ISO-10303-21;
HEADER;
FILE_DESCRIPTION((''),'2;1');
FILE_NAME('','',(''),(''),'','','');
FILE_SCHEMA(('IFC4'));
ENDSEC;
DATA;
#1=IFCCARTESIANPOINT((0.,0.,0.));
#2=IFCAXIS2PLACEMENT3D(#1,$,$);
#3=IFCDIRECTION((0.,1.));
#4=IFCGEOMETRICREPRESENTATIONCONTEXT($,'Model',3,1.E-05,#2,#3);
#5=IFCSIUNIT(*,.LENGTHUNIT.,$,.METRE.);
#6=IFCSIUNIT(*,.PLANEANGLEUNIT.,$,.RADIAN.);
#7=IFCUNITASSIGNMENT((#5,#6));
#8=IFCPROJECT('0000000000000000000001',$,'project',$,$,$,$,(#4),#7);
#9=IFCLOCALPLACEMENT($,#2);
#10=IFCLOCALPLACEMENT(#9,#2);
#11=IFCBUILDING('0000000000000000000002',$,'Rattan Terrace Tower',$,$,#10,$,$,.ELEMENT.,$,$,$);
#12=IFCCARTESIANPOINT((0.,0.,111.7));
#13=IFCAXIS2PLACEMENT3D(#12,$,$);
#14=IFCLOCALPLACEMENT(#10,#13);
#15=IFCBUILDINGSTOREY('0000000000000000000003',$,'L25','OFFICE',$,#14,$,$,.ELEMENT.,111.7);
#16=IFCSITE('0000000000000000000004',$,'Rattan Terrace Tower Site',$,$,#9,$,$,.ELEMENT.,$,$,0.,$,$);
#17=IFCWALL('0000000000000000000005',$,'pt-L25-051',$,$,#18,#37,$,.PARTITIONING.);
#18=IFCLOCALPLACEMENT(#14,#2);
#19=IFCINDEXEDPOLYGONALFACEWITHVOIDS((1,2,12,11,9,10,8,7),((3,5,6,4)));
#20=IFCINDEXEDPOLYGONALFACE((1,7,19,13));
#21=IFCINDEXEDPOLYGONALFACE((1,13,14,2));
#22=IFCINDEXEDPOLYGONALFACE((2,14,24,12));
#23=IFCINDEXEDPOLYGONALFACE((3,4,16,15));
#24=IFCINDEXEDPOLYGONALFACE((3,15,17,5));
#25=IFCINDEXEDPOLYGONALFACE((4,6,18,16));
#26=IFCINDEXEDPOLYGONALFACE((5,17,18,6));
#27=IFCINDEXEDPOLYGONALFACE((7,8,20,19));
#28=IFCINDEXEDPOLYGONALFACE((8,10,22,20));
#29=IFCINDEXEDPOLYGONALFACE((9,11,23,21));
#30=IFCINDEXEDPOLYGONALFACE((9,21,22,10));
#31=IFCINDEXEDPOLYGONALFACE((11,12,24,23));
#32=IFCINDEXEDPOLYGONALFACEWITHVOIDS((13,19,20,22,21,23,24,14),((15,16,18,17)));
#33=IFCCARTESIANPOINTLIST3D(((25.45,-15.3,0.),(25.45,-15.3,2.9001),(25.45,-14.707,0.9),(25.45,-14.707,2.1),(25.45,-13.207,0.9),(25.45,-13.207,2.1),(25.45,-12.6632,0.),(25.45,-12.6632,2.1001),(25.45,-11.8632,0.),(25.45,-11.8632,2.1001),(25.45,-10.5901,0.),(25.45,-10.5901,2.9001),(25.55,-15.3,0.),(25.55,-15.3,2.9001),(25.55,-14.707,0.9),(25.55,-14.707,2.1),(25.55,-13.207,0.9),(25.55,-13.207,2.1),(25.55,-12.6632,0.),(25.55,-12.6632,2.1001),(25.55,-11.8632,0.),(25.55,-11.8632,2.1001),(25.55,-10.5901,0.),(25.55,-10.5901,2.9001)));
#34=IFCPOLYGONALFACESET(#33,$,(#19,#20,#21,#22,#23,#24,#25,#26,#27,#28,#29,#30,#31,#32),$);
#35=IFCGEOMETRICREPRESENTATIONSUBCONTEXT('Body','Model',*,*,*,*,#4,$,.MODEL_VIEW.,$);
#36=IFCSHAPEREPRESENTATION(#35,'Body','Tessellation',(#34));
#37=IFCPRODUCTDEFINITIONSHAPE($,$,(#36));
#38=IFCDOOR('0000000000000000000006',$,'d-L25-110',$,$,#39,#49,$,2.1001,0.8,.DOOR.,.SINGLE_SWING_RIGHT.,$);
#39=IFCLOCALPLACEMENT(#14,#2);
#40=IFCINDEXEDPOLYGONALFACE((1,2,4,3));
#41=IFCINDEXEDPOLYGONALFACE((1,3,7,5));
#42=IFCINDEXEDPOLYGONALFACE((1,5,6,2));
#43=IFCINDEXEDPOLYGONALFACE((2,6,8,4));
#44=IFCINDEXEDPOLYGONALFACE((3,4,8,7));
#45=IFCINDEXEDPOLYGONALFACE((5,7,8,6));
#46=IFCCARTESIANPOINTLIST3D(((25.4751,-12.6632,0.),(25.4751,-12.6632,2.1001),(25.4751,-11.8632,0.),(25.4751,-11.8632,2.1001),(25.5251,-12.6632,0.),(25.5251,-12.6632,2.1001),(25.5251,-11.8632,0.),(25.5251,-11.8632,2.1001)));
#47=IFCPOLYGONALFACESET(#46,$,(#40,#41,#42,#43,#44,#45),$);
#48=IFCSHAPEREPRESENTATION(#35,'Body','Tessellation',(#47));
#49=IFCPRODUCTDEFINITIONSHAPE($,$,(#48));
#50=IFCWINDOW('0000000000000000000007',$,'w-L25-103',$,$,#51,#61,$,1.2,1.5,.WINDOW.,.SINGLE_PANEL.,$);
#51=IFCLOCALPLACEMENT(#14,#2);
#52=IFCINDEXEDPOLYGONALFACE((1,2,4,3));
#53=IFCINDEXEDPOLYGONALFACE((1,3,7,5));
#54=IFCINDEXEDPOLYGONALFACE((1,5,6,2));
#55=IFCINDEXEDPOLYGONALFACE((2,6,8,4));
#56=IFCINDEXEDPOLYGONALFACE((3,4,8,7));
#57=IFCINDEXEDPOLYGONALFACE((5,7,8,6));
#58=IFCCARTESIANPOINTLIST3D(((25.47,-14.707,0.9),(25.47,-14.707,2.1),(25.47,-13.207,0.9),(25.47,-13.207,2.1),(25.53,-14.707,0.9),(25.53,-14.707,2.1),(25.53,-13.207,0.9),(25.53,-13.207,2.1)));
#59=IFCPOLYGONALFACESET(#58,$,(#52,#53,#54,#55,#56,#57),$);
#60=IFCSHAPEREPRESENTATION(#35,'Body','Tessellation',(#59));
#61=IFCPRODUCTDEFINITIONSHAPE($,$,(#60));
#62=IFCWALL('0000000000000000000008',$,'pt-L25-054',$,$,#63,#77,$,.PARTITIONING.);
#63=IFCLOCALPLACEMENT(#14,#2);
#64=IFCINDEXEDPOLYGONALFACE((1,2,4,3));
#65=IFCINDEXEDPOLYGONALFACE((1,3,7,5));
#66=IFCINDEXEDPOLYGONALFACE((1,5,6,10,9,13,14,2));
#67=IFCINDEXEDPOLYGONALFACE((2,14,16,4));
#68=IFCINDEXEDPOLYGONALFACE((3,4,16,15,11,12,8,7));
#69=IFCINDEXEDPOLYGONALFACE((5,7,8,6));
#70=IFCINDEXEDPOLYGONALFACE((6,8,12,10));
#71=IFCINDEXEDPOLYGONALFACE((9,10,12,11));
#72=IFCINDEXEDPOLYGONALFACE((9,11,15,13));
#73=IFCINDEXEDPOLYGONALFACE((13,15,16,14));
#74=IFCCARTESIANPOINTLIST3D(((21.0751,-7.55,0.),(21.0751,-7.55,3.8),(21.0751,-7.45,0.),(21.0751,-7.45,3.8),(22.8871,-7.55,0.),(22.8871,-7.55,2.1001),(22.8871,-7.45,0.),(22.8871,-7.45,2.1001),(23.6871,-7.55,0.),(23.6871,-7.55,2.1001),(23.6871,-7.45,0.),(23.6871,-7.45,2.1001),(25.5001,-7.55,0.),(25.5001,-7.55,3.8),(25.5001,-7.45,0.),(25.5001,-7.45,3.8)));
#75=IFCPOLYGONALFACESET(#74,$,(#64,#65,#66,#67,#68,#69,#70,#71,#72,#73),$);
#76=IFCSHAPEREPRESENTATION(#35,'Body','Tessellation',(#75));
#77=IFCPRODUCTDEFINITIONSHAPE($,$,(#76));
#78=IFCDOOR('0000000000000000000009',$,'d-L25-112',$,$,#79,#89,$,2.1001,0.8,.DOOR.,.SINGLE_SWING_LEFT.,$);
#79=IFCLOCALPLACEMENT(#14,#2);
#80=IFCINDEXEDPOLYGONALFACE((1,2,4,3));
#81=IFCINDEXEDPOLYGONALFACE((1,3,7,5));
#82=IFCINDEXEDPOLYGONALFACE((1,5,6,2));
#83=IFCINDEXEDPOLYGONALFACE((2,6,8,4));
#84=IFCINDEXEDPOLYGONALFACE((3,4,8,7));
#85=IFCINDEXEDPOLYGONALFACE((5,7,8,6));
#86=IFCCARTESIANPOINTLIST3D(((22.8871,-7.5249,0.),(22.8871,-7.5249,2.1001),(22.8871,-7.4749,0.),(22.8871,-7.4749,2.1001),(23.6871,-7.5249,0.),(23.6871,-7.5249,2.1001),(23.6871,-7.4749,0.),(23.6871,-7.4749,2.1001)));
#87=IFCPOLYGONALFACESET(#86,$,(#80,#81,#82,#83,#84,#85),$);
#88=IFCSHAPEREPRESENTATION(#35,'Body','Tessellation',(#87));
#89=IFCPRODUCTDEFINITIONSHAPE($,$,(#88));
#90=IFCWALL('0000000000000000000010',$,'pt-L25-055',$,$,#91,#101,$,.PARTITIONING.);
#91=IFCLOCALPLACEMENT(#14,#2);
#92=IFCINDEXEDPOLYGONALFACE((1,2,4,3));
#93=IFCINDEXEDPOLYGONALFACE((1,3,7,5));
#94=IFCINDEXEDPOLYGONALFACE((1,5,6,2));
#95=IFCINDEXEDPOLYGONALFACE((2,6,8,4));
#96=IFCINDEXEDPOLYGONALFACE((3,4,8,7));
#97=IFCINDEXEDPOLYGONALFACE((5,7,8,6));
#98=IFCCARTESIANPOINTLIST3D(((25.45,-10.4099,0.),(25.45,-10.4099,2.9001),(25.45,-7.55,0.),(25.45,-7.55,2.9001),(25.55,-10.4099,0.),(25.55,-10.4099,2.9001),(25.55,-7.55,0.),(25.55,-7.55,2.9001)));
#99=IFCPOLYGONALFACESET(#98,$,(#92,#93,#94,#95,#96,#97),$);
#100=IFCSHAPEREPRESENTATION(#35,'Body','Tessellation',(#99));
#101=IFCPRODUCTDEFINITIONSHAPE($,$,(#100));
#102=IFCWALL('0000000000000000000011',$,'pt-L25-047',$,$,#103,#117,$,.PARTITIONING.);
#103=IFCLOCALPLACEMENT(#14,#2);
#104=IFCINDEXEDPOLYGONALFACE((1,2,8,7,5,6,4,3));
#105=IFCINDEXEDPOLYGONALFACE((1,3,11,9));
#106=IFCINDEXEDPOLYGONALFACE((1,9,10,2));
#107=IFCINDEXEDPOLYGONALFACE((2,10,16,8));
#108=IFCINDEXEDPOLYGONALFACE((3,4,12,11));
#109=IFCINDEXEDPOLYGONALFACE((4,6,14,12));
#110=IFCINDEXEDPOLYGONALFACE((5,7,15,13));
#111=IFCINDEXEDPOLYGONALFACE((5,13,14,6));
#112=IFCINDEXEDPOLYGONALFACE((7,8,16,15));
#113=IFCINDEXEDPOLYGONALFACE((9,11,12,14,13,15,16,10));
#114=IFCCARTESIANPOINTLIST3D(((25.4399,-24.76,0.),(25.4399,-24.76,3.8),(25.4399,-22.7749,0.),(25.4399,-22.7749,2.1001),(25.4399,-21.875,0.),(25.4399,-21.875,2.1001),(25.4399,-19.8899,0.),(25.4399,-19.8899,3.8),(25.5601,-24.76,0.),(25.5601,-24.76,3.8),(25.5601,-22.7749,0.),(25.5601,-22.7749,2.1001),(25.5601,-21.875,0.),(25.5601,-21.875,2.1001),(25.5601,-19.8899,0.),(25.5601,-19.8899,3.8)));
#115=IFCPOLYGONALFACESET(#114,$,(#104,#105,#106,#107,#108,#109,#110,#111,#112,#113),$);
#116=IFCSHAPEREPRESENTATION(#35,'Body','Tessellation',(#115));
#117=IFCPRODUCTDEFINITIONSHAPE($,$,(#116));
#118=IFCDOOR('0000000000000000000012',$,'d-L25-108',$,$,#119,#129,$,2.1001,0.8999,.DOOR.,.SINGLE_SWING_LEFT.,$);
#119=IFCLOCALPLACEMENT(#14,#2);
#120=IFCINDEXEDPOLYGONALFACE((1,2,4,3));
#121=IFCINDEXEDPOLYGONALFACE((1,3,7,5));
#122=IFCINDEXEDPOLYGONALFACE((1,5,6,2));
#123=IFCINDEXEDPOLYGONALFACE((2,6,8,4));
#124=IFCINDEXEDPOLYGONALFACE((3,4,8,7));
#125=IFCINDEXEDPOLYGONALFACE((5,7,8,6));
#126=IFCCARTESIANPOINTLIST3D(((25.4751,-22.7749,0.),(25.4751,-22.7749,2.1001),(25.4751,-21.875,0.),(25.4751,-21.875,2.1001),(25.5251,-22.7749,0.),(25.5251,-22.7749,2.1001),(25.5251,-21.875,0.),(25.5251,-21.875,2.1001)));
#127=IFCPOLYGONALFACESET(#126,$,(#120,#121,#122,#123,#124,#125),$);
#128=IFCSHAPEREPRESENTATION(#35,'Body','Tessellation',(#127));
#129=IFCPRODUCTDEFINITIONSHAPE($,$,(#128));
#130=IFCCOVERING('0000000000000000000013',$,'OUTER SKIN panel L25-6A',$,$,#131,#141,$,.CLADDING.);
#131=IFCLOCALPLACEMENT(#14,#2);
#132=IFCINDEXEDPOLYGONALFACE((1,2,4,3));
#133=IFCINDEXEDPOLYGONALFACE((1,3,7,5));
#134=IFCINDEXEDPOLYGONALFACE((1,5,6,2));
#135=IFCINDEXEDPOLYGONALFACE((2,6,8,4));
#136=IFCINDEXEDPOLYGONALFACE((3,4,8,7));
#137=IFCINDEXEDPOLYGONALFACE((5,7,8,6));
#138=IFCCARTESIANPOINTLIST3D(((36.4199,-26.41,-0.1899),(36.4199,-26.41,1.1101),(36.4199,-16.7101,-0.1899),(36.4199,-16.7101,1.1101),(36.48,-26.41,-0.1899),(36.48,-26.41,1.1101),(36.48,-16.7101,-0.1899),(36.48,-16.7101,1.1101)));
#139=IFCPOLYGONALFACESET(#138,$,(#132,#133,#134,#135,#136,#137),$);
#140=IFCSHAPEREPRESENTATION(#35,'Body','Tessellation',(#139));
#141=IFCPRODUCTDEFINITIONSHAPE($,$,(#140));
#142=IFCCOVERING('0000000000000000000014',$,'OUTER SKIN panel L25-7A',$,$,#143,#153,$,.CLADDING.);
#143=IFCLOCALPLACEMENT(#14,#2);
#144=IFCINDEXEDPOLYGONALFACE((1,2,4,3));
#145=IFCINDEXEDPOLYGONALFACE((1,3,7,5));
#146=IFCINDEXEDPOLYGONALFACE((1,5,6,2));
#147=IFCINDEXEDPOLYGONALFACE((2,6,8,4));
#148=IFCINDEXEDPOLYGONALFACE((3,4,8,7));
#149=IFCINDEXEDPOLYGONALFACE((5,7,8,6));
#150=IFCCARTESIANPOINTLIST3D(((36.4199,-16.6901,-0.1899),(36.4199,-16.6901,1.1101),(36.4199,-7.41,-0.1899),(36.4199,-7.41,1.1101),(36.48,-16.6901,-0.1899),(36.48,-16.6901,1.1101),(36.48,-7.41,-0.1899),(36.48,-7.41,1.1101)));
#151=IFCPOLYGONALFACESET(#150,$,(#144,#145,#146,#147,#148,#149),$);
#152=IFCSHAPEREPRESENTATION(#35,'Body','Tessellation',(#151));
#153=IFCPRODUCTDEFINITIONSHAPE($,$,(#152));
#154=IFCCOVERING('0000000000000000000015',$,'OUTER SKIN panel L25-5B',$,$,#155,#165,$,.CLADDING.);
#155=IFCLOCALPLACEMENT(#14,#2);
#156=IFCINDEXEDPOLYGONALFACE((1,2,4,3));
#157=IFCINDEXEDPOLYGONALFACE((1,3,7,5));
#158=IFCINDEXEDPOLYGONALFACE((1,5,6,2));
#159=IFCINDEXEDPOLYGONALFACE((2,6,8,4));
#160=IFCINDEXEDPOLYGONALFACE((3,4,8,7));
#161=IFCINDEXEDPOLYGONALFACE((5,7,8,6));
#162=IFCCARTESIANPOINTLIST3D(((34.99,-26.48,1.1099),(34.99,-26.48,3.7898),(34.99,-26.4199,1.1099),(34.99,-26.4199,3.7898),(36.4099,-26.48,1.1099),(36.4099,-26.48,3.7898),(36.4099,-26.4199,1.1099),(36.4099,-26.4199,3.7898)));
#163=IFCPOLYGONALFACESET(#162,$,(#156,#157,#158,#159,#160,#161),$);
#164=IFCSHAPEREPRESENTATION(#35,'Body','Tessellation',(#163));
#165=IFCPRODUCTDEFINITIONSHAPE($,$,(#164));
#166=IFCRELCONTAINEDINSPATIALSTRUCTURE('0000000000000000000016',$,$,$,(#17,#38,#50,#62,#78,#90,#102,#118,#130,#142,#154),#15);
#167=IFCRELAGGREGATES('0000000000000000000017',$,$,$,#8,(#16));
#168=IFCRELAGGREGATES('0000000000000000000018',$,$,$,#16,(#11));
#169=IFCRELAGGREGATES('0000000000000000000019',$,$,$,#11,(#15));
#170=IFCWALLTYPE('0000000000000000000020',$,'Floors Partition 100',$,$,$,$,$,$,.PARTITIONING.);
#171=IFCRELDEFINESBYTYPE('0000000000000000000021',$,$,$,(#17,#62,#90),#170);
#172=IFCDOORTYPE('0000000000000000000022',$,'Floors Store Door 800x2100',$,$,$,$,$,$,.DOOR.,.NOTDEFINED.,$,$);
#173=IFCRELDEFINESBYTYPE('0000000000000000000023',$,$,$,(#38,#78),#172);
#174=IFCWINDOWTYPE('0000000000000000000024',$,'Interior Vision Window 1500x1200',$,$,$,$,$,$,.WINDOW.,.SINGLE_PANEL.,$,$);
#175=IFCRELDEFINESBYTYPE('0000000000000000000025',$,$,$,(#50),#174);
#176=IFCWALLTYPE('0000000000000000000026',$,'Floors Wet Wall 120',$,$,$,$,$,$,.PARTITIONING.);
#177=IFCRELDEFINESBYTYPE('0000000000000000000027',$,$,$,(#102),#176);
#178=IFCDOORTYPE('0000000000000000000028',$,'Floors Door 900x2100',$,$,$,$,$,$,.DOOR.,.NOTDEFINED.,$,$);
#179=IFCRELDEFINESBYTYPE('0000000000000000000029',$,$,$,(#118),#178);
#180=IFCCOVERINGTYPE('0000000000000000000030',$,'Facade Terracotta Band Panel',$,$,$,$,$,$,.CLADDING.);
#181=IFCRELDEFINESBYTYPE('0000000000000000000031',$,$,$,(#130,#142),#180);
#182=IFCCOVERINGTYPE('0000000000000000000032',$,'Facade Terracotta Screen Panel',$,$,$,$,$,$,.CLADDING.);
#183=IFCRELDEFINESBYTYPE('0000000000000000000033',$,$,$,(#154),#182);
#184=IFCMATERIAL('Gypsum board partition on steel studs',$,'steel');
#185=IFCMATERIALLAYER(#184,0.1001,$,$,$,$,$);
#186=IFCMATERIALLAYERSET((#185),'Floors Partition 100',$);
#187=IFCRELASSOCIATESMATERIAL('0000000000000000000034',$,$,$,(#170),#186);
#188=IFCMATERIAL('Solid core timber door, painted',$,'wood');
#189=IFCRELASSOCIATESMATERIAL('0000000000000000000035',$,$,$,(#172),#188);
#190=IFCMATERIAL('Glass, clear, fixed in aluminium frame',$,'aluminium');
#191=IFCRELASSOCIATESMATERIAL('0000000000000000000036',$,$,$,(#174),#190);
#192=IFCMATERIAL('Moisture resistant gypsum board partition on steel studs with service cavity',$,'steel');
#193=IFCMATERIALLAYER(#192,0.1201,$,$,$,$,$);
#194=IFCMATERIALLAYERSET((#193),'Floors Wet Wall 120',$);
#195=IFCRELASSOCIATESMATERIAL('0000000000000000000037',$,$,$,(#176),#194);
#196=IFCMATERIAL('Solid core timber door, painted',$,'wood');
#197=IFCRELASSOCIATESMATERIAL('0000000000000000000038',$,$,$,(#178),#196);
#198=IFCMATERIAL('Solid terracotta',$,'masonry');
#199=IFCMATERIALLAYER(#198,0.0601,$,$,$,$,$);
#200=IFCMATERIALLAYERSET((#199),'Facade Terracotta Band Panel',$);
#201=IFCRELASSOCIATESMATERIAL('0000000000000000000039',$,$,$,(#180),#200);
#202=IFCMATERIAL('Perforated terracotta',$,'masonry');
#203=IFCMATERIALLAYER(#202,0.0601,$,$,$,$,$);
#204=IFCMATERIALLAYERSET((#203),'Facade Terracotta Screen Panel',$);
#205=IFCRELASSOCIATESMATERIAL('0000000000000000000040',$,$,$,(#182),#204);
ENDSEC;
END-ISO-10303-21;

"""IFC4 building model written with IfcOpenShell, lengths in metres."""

from ifc_helpers import new_model, si_unit, direction, frame, frame_2d, origin, origin_2d, place, context, subcontext, project, spatial, rectangle, extrude, material, layer, layer_set, type_object, element, fill, save


model = new_model("IFC4")

# Units and contexts
model_context = context("Model", 3, precision=1e-05, world=origin(), true_north=direction((0.0, 1.0)))
body_context = subcontext(model_context, "Body", "Model", "MODEL_VIEW")
ifc_project = project(units=[si_unit("LENGTHUNIT", "METRE"), si_unit("PLANEANGLEUNIT", "RADIAN")], contexts=[model_context])

# Site, building, storey
site_placement = place(None, origin())
site = spatial("IfcSite", under=ifc_project, at=site_placement, Name="Rattan Terrace Tower Site", CompositionType="ELEMENT", RefElevation=0.0)
building_placement = place(site_placement, origin())
building = spatial("IfcBuilding", under=site, at=building_placement, Name="Rattan Terrace Tower", CompositionType="ELEMENT")
storey_placement = place(building_placement, frame((0.0, 0.0, 111.7)))
storey = spatial("IfcBuildingStorey", under=building, at=storey_placement, Name="L25", Description="OFFICE", CompositionType="ELEMENT", Elevation=111.7)

# Wall, openings, door, window
ifc_material_1 = material(Name="Gypsum board partition on steel studs", Category="steel")
ifc_layer_1 = layer(ifc_material_1, 0.1001)
ifc_layer_set_1 = layer_set([ifc_layer_1], Name="Floors Partition 100")
wall_type_1 = type_object("IfcWallType", Name="Floors Partition 100", PredefinedType="PARTITIONING", material=ifc_layer_set_1)
wall_1_placement = place(storey_placement, frame((25.5, -15.3, 0.0), z_axis=(0.0, 0.0, 1.0), x_axis=(0.0, 1.0, 0.0)))
wall_1 = element("IfcWall", 1, at=wall_1_placement, inside=storey, type_object=wall_type_1, Name="pt-L25-051", PredefinedType="PARTITIONING", context=body_context, shape_type="SweptSolid", body=[
    extrude(rectangle(XDim=4.71, YDim=0.1001, at=frame_2d((2.355, 0.0))), origin(), (0.0, 0.0, 1.0), 2.9001),
])
opening_1_placement = place(wall_1_placement, frame((2.637, 0.0, 0.0)))
opening_1 = element("IfcOpeningElement", 2, at=opening_1_placement, cuts=wall_1, PredefinedType="OPENING", context=body_context, shape_type="SweptSolid", body=[
    extrude(rectangle(XDim=0.8, YDim=2.1001, at=frame_2d((0.3999, 1.05))), frame((0.0, 0.0605, 0.0), z_axis=(0.0, -1.0, 0.0), x_axis=(1.0, 0.0, 0.0)), (0.0, 0.0, 1.0), 0.1211),
])
opening_2_placement = place(wall_1_placement, frame((0.593, 0.0, 0.8999)))
opening_2 = element("IfcOpeningElement", 3, at=opening_2_placement, cuts=wall_1, PredefinedType="OPENING", context=body_context, shape_type="SweptSolid", body=[
    extrude(rectangle(XDim=1.5, YDim=1.2, at=frame_2d((0.75, 0.6001))), frame((0.0, 0.0605, 0.0), z_axis=(0.0, -1.0, 0.0), x_axis=(1.0, 0.0, 0.0)), (0.0, 0.0, 1.0), 0.1211),
])
ifc_material_2 = material(Name="Solid core timber door, painted", Category="wood")
door_type_1 = type_object("IfcDoorType", Name="Floors Store Door 800x2100", OperationType="NOTDEFINED", PredefinedType="DOOR", material=ifc_material_2)
door_1_placement = place(opening_1_placement, origin())
door_1 = element("IfcDoor", 4, at=door_1_placement, inside=storey, type_object=door_type_1, Name="d-L25-110", OperationType="SINGLE_SWING_RIGHT", OverallHeight=2.1001, OverallWidth=0.8, PredefinedType="DOOR", context=body_context, shape_type="SweptSolid", body=[
    extrude(rectangle(XDim=0.8, YDim=2.1001, at=frame_2d((0.3999, 1.05))), frame((0.0, 0.0249, 0.0), z_axis=(0.0, -1.0, 0.0), x_axis=(1.0, 0.0, 0.0)), (0.0, 0.0, 1.0), 0.05),
])
fill(opening_1, door_1)
ifc_material_3 = material(Name="Glass, clear, fixed in aluminium frame", Category="aluminium")
window_type = type_object("IfcWindowType", Name="Interior Vision Window 1500x1200", PartitioningType="SINGLE_PANEL", PredefinedType="WINDOW", material=ifc_material_3)
window_placement = place(opening_2_placement, origin())
window = element("IfcWindow", 5, at=window_placement, inside=storey, type_object=window_type, Name="w-L25-103", OverallHeight=1.2, OverallWidth=1.5, PartitioningType="SINGLE_PANEL", PredefinedType="WINDOW", context=body_context, shape_type="SweptSolid", body=[
    extrude(rectangle(XDim=1.5, YDim=1.2, at=frame_2d((0.75, 0.6001))), frame((0.0, 0.03, 0.0), z_axis=(0.0, -1.0, 0.0), x_axis=(1.0, 0.0, 0.0)), (0.0, 0.0, 1.0), 0.0601),
])
fill(opening_2, window)

# Wall, opening, door
wall_2_placement = place(storey_placement, frame((25.5, -7.5, 0.0), z_axis=(0.0, 0.0, 1.0), x_axis=(-1.0, 0.0, 0.0)))
wall_2 = element("IfcWall", 6, at=wall_2_placement, inside=storey, type_object=wall_type_1, Name="pt-L25-054", PredefinedType="PARTITIONING", context=body_context, shape_type="SweptSolid", body=[
    extrude(rectangle(XDim=4.425, YDim=0.1001, at=frame_2d((2.2124, 0.0))), origin(), (0.0, 0.0, 1.0), 3.8),
])
opening_3_placement = place(wall_2_placement, frame((1.813, 0.0, 0.0)))
opening_3 = element("IfcOpeningElement", 7, at=opening_3_placement, cuts=wall_2, PredefinedType="OPENING", context=body_context, shape_type="SweptSolid", body=[
    extrude(rectangle(XDim=0.8, YDim=2.1001, at=frame_2d((0.3999, 1.05))), frame((0.0, 0.0605, 0.0), z_axis=(0.0, -1.0, 0.0), x_axis=(1.0, 0.0, 0.0)), (0.0, 0.0, 1.0), 0.1211),
])
door_2_placement = place(opening_3_placement, origin())
door_2 = element("IfcDoor", 8, at=door_2_placement, inside=storey, type_object=door_type_1, Name="d-L25-112", OperationType="SINGLE_SWING_LEFT", OverallHeight=2.1001, OverallWidth=0.8, PredefinedType="DOOR", context=body_context, shape_type="SweptSolid", body=[
    extrude(rectangle(XDim=0.8, YDim=2.1001, at=frame_2d((0.3999, 1.05))), frame((0.0, 0.0249, 0.0), z_axis=(0.0, -1.0, 0.0), x_axis=(1.0, 0.0, 0.0)), (0.0, 0.0, 1.0), 0.05),
])
fill(opening_3, door_2)

# Wall
wall_3_placement = place(storey_placement, frame((25.5, -10.4099, 0.0), z_axis=(0.0, 0.0, 1.0), x_axis=(0.0, 1.0, 0.0)))
element("IfcWall", 9, at=wall_3_placement, inside=storey, type_object=wall_type_1, Name="pt-L25-055", PredefinedType="PARTITIONING", context=body_context, shape_type="SweptSolid", body=[
    extrude(rectangle(XDim=2.8599, YDim=0.1001, at=frame_2d((1.4299, 0.0))), origin(), (0.0, 0.0, 1.0), 2.9001),
])

# Wall, opening, door
ifc_material_4 = material(Name="Moisture resistant gypsum board partition on steel studs with service cavity", Category="steel")
ifc_layer_2 = layer(ifc_material_4, 0.1201)
ifc_layer_set_2 = layer_set([ifc_layer_2], Name="Floors Wet Wall 120")
wall_type_2 = type_object("IfcWallType", Name="Floors Wet Wall 120", PredefinedType="PARTITIONING", material=ifc_layer_set_2)
wall_4_placement = place(storey_placement, frame((25.5, -24.76, 0.0), z_axis=(0.0, 0.0, 1.0), x_axis=(0.0, 1.0, 0.0)))
wall_4 = element("IfcWall", 10, at=wall_4_placement, inside=storey, type_object=wall_type_2, Name="pt-L25-047", PredefinedType="PARTITIONING", context=body_context, shape_type="SweptSolid", body=[
    extrude(rectangle(XDim=4.8701, YDim=0.1201, at=frame_2d((2.4351, 0.0))), origin(), (0.0, 0.0, 1.0), 3.8),
])
opening_4_placement = place(wall_4_placement, frame((1.9851, 0.0, 0.0)))
opening_4 = element("IfcOpeningElement", 11, at=opening_4_placement, cuts=wall_4, PredefinedType="OPENING", context=body_context, shape_type="SweptSolid", body=[
    extrude(rectangle(XDim=0.8999, YDim=2.1001, at=frame_2d((0.45, 1.05))), frame((0.0, 0.0706, 0.0), z_axis=(0.0, -1.0, 0.0), x_axis=(1.0, 0.0, 0.0)), (0.0, 0.0, 1.0), 0.1411),
])
ifc_material_5 = material(Name="Solid core timber door, painted", Category="wood")
door_type_2 = type_object("IfcDoorType", Name="Floors Door 900x2100", OperationType="NOTDEFINED", PredefinedType="DOOR", material=ifc_material_5)
door_3_placement = place(opening_4_placement, origin())
door_3 = element("IfcDoor", 12, at=door_3_placement, inside=storey, type_object=door_type_2, Name="d-L25-108", OperationType="SINGLE_SWING_LEFT", OverallHeight=2.1001, OverallWidth=0.8999, PredefinedType="DOOR", context=body_context, shape_type="SweptSolid", body=[
    extrude(rectangle(XDim=0.8999, YDim=2.1001, at=frame_2d((0.45, 1.05))), frame((0.0, 0.0249, 0.0), z_axis=(0.0, -1.0, 0.0), x_axis=(1.0, 0.0, 0.0)), (0.0, 0.0, 1.0), 0.05),
])
fill(opening_4, door_3)

# Coverings
ifc_material_6 = material(Name="Solid terracotta", Category="masonry")
ifc_layer_3 = layer(ifc_material_6, 0.0601)
ifc_layer_set_3 = layer_set([ifc_layer_3], Name="Facade Terracotta Band Panel")
covering_type_1 = type_object("IfcCoveringType", Name="Facade Terracotta Band Panel", PredefinedType="CLADDING", material=ifc_layer_set_3)
covering_1_placement = place(storey_placement, frame((36.45, -21.5601, -0.1899), z_axis=(0.0, 0.0, 1.0), x_axis=(0.0, 1.0, 0.0)))
element("IfcCovering", 13, at=covering_1_placement, inside=storey, type_object=covering_type_1, Name="OUTER SKIN panel L25-6A", PredefinedType="CLADDING", context=body_context, shape_type="SweptSolid", body=[
    extrude(rectangle(XDim=9.7, YDim=0.0601, at=origin_2d()), origin(), (0.0, 0.0, 1.0), 1.3),
])
covering_2_placement = place(storey_placement, frame((36.45, -12.05, -0.1899), z_axis=(0.0, 0.0, 1.0), x_axis=(0.0, 1.0, 0.0)))
element("IfcCovering", 14, at=covering_2_placement, inside=storey, type_object=covering_type_1, Name="OUTER SKIN panel L25-7A", PredefinedType="CLADDING", context=body_context, shape_type="SweptSolid", body=[
    extrude(rectangle(XDim=9.28, YDim=0.0601, at=origin_2d()), origin(), (0.0, 0.0, 1.0), 1.3),
])
ifc_material_7 = material(Name="Perforated terracotta", Category="masonry")
ifc_layer_4 = layer(ifc_material_7, 0.0601)
ifc_layer_set_4 = layer_set([ifc_layer_4], Name="Facade Terracotta Screen Panel")
covering_type_2 = type_object("IfcCoveringType", Name="Facade Terracotta Screen Panel", PredefinedType="CLADDING", material=ifc_layer_set_4)
covering_3_placement = place(storey_placement, frame((35.7, -26.45, 1.1099), z_axis=(0.0, 0.0, 1.0), x_axis=(1.0, 0.0, 0.0)))
element("IfcCovering", 15, at=covering_3_placement, inside=storey, type_object=covering_type_2, Name="OUTER SKIN panel L25-5B", PredefinedType="CLADDING", context=body_context, shape_type="SweptSolid", body=[
    extrude(rectangle(XDim=1.4199, YDim=0.0601, at=origin_2d()), origin(), (0.0, 0.0, 1.0), 2.6799),
])

save(model, "model.ifc")
